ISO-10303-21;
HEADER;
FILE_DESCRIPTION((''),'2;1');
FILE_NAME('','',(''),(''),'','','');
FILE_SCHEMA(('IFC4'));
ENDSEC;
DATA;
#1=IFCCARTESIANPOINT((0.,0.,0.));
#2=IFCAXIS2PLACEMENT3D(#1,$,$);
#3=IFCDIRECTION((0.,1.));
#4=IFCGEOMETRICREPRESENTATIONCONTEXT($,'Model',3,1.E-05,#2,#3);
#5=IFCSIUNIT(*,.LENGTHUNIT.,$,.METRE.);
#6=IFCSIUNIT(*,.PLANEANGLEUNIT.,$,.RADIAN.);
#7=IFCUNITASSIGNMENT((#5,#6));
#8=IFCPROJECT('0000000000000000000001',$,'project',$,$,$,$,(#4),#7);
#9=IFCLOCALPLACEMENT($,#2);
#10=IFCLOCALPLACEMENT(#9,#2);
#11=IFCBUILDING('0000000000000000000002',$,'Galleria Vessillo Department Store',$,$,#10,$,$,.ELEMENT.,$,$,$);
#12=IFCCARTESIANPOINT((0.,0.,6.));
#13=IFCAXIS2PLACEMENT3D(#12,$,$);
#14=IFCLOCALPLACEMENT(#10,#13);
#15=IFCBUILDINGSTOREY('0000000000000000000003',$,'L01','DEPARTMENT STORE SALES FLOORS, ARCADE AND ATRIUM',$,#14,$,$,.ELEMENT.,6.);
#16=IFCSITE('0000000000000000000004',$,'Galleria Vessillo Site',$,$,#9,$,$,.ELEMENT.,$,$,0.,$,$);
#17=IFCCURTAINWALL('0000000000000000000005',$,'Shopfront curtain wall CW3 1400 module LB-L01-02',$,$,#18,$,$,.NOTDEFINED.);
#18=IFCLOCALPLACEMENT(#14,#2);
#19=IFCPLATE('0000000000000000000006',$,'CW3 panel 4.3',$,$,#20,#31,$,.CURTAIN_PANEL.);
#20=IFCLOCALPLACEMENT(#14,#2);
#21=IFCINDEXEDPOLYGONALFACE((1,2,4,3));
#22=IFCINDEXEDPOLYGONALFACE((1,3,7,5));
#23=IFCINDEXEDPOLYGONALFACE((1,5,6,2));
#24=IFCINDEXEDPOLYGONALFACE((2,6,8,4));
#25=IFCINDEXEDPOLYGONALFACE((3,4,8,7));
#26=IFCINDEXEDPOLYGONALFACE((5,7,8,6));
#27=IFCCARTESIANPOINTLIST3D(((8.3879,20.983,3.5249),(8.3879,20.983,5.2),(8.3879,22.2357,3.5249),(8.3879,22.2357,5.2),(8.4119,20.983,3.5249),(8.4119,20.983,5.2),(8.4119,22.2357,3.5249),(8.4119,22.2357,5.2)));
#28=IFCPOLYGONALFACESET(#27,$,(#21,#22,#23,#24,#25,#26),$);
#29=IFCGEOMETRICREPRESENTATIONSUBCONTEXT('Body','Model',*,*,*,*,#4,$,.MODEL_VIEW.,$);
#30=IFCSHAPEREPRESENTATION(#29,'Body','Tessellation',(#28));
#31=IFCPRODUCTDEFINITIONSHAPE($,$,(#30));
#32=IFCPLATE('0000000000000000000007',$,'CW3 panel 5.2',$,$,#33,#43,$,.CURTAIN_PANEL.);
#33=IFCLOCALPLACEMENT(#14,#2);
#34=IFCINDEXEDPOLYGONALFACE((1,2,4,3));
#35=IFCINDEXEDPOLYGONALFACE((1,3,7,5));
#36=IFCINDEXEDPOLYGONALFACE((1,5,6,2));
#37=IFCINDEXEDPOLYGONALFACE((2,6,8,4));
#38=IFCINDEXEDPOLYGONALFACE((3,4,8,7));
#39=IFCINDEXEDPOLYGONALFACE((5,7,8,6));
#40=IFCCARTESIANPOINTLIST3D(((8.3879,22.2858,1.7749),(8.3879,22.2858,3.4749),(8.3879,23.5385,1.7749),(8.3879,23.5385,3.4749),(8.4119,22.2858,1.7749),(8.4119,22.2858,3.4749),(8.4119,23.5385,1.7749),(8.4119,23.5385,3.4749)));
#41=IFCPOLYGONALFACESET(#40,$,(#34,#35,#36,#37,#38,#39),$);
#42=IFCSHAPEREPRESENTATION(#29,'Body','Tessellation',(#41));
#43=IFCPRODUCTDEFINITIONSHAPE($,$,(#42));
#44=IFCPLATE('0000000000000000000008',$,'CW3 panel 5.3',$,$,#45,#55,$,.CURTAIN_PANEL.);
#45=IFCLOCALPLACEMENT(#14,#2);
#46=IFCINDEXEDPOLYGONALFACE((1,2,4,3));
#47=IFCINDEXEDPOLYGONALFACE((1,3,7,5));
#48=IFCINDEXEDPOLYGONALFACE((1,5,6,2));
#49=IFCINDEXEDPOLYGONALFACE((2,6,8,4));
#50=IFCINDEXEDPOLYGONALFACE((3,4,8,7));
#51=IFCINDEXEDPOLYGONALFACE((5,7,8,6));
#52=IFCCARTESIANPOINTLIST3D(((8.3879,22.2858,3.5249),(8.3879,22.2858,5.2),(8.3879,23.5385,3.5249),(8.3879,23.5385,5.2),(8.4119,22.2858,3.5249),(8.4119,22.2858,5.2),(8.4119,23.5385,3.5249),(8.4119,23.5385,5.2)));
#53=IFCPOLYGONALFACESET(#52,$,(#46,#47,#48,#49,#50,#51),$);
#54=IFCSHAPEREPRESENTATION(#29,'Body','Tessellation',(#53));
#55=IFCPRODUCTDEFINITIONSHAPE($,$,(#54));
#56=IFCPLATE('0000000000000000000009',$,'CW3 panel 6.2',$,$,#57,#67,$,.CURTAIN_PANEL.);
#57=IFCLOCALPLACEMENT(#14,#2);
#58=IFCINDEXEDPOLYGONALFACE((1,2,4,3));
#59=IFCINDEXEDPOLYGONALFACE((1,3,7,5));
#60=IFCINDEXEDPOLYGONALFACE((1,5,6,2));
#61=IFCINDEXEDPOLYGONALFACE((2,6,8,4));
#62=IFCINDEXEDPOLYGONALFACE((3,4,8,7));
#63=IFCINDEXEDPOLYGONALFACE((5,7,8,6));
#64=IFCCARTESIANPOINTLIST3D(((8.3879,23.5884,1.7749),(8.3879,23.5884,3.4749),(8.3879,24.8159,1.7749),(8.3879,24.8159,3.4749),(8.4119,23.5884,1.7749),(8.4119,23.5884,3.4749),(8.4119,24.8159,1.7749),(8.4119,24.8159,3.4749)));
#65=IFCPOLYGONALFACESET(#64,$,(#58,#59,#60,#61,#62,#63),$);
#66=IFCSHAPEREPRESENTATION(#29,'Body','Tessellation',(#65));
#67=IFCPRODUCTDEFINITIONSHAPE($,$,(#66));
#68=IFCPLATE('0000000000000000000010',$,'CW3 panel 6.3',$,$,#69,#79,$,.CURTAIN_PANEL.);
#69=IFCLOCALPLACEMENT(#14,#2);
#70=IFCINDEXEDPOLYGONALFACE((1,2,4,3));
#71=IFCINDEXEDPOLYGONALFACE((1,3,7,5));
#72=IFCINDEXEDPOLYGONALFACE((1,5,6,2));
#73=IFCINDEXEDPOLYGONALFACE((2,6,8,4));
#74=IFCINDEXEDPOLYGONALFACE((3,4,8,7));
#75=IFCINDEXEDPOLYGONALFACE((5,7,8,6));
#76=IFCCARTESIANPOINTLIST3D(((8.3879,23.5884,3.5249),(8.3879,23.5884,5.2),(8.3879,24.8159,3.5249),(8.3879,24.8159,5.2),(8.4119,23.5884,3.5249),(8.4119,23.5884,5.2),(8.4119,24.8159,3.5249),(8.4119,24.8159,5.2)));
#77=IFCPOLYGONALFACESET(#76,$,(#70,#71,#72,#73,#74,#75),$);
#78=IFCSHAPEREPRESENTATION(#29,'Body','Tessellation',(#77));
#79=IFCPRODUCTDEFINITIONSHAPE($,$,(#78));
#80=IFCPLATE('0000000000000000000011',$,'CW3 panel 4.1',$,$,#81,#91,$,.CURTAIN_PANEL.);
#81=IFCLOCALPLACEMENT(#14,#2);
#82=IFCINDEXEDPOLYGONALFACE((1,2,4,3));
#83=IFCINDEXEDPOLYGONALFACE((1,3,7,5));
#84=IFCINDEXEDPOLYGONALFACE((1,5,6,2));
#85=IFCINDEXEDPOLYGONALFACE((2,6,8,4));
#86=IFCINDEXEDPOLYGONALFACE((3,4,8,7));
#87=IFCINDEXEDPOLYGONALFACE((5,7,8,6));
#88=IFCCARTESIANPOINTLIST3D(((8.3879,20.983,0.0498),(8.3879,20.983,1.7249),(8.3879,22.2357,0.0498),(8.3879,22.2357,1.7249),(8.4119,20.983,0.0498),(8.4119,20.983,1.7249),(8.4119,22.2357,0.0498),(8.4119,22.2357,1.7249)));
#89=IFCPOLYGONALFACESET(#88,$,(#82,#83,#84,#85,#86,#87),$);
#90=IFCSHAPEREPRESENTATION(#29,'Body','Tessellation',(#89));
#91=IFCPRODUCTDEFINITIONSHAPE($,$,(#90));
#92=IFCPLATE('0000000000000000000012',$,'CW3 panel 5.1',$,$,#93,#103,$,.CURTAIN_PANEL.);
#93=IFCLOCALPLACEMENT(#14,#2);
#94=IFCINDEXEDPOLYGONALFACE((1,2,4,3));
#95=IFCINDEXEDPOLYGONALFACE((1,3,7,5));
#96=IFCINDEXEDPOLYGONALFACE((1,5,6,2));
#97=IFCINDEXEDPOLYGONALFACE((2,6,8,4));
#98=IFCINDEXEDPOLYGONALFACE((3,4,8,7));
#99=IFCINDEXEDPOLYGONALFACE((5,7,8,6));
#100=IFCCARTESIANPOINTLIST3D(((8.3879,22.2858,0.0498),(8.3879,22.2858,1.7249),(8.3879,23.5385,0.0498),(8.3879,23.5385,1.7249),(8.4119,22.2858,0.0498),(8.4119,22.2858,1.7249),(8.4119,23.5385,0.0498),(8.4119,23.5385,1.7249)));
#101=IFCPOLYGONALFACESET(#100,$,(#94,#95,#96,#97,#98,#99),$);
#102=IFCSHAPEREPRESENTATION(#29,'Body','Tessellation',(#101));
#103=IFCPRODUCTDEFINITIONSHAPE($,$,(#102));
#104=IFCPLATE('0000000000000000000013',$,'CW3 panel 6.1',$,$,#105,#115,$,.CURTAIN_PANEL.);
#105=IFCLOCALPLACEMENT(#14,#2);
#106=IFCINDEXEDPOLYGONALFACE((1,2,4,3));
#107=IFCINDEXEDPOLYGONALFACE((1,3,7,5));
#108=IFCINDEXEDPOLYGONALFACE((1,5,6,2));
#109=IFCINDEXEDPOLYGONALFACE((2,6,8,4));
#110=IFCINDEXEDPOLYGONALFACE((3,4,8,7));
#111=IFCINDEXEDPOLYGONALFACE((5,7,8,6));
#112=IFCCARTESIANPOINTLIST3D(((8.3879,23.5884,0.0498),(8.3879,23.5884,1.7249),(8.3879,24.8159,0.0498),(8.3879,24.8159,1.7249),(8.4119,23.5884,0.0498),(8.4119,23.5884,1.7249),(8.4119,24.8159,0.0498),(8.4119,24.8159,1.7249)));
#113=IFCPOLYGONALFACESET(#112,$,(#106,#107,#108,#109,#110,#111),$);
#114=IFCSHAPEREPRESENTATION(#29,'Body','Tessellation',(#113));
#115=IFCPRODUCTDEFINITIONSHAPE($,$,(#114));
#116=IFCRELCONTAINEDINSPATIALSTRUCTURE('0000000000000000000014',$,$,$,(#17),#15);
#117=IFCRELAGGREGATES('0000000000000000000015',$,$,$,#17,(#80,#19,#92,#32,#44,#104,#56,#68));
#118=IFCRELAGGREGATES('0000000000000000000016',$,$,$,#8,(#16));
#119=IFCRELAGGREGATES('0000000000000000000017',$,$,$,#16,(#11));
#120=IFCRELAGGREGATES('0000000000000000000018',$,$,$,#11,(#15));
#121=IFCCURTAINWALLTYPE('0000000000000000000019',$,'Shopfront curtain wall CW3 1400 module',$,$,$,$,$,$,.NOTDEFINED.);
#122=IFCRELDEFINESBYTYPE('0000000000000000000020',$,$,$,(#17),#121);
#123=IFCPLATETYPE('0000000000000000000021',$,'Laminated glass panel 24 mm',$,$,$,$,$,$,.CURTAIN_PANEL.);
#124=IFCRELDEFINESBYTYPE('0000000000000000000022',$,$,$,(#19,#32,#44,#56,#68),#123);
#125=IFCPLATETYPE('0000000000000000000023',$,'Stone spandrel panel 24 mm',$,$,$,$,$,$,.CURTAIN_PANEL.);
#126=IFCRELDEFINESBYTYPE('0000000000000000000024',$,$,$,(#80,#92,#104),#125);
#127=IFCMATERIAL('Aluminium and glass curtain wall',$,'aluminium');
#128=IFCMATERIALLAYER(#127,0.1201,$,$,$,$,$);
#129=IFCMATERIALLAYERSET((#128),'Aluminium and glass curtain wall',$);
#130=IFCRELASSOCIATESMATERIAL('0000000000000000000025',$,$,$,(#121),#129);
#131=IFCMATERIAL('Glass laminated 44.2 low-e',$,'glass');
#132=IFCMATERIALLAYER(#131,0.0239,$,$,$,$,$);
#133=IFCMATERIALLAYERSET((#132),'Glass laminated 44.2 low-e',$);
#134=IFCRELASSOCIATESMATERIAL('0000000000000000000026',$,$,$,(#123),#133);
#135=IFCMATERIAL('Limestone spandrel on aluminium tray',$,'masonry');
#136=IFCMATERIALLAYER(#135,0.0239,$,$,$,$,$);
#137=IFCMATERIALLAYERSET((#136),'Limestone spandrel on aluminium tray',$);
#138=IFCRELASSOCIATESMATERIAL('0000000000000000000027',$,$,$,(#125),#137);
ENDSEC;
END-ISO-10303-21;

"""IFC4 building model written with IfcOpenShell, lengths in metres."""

from ifc_helpers import new_model, si_unit, direction, frame, origin, origin_2d, place, context, subcontext, project, spatial, rectangle, extrude, material, layer, layer_set, type_object, element, aggregate, save


model = new_model("IFC4")

# Units and contexts
model_context = context("Model", 3, precision=1e-05, world=origin(), true_north=direction((0.0, 1.0)))
body_context = subcontext(model_context, "Body", "Model", "MODEL_VIEW")
ifc_project = project(units=[si_unit("LENGTHUNIT", "METRE"), si_unit("PLANEANGLEUNIT", "RADIAN")], contexts=[model_context])

# Site, building, storey
site_placement = place(None, origin())
site = spatial("IfcSite", under=ifc_project, at=site_placement, Name="Galleria Vessillo Site", CompositionType="ELEMENT", RefElevation=0.0)
building_placement = place(site_placement, origin())
building = spatial("IfcBuilding", under=site, at=building_placement, Name="Galleria Vessillo Department Store", CompositionType="ELEMENT")
storey_placement = place(building_placement, frame((0.0, 0.0, 6.0)))
storey = spatial("IfcBuildingStorey", under=building, at=storey_placement, Name="L01", Description="DEPARTMENT STORE SALES FLOORS, ARCADE AND ATRIUM", CompositionType="ELEMENT", Elevation=6.0)

# Curtain wall
ifc_material_1 = material(Name="Aluminium and glass curtain wall", Category="aluminium")
ifc_layer_1 = layer(ifc_material_1, 0.1201)
ifc_layer_set_1 = layer_set([ifc_layer_1], Name="Aluminium and glass curtain wall")
curtain_wall_type = type_object("IfcCurtainWallType", Name="Shopfront curtain wall CW3 1400 module", PredefinedType="NOTDEFINED", material=ifc_layer_set_1)
curtain_wall_placement = place(storey_placement, origin())
curtain_wall = element("IfcCurtainWall", 1, at=curtain_wall_placement, inside=storey, type_object=curtain_wall_type, Name="Shopfront curtain wall CW3 1400 module LB-L01-02", PredefinedType="NOTDEFINED")

# Plates
ifc_material_2 = material(Name="Glass laminated 44.2 low-e", Category="glass")
ifc_layer_2 = layer(ifc_material_2, 0.0239)
ifc_layer_set_2 = layer_set([ifc_layer_2], Name="Glass laminated 44.2 low-e")
plate_type_1 = type_object("IfcPlateType", Name="Laminated glass panel 24 mm", PredefinedType="CURTAIN_PANEL", material=ifc_layer_set_2)
plate_1_placement = place(storey_placement, frame((8.3999, 21.6094, 3.5249), z_axis=(0.0, 0.0, 1.0), x_axis=(0.0, 1.0, 0.0)))
plate_1 = element("IfcPlate", 2, at=plate_1_placement, type_object=plate_type_1, Name="CW3 panel 4.3", PredefinedType="CURTAIN_PANEL", context=body_context, shape_type="SweptSolid", body=[
    extrude(rectangle(XDim=1.2527, YDim=0.0239, at=origin_2d()), origin(), (0.0, 0.0, 1.0), 1.675),
])
plate_2_placement = place(storey_placement, frame((8.3999, 22.9121, 1.7749), z_axis=(0.0, 0.0, 1.0), x_axis=(0.0, 1.0, 0.0)))
plate_2 = element("IfcPlate", 3, at=plate_2_placement, type_object=plate_type_1, Name="CW3 panel 5.2", PredefinedType="CURTAIN_PANEL", context=body_context, shape_type="SweptSolid", body=[
    extrude(rectangle(XDim=1.2527, YDim=0.0239, at=origin_2d()), origin(), (0.0, 0.0, 1.0), 1.7),
])
plate_3_placement = place(storey_placement, frame((8.3999, 22.9121, 3.5249), z_axis=(0.0, 0.0, 1.0), x_axis=(0.0, 1.0, 0.0)))
plate_3 = element("IfcPlate", 4, at=plate_3_placement, type_object=plate_type_1, Name="CW3 panel 5.3", PredefinedType="CURTAIN_PANEL", context=body_context, shape_type="SweptSolid", body=[
    extrude(rectangle(XDim=1.2527, YDim=0.0239, at=origin_2d()), origin(), (0.0, 0.0, 1.0), 1.675),
])
plate_4_placement = place(storey_placement, frame((8.3999, 24.2021, 1.7749), z_axis=(0.0, 0.0, 1.0), x_axis=(0.0, 1.0, 0.0)))
plate_4 = element("IfcPlate", 5, at=plate_4_placement, type_object=plate_type_1, Name="CW3 panel 6.2", PredefinedType="CURTAIN_PANEL", context=body_context, shape_type="SweptSolid", body=[
    extrude(rectangle(XDim=1.2275, YDim=0.0239, at=origin_2d()), origin(), (0.0, 0.0, 1.0), 1.7),
])
plate_5_placement = place(storey_placement, frame((8.3999, 24.2021, 3.5249), z_axis=(0.0, 0.0, 1.0), x_axis=(0.0, 1.0, 0.0)))
plate_5 = element("IfcPlate", 6, at=plate_5_placement, type_object=plate_type_1, Name="CW3 panel 6.3", PredefinedType="CURTAIN_PANEL", context=body_context, shape_type="SweptSolid", body=[
    extrude(rectangle(XDim=1.2275, YDim=0.0239, at=origin_2d()), origin(), (0.0, 0.0, 1.0), 1.675),
])
ifc_material_3 = material(Name="Limestone spandrel on aluminium tray", Category="masonry")
ifc_layer_3 = layer(ifc_material_3, 0.0239)
ifc_layer_set_3 = layer_set([ifc_layer_3], Name="Limestone spandrel on aluminium tray")
plate_type_2 = type_object("IfcPlateType", Name="Stone spandrel panel 24 mm", PredefinedType="CURTAIN_PANEL", material=ifc_layer_set_3)
plate_6_placement = place(storey_placement, frame((8.3999, 21.6094, 0.0498), z_axis=(0.0, 0.0, 1.0), x_axis=(0.0, 1.0, 0.0)))
plate_6 = element("IfcPlate", 7, at=plate_6_placement, type_object=plate_type_2, Name="CW3 panel 4.1", PredefinedType="CURTAIN_PANEL", context=body_context, shape_type="SweptSolid", body=[
    extrude(rectangle(XDim=1.2527, YDim=0.0239, at=origin_2d()), origin(), (0.0, 0.0, 1.0), 1.675),
])
plate_7_placement = place(storey_placement, frame((8.3999, 22.9121, 0.0498), z_axis=(0.0, 0.0, 1.0), x_axis=(0.0, 1.0, 0.0)))
plate_7 = element("IfcPlate", 8, at=plate_7_placement, type_object=plate_type_2, Name="CW3 panel 5.1", PredefinedType="CURTAIN_PANEL", context=body_context, shape_type="SweptSolid", body=[
    extrude(rectangle(XDim=1.2527, YDim=0.0239, at=origin_2d()), origin(), (0.0, 0.0, 1.0), 1.675),
])
plate_8_placement = place(storey_placement, frame((8.3999, 24.2021, 0.0498), z_axis=(0.0, 0.0, 1.0), x_axis=(0.0, 1.0, 0.0)))
plate_8 = element("IfcPlate", 9, at=plate_8_placement, type_object=plate_type_2, Name="CW3 panel 6.1", PredefinedType="CURTAIN_PANEL", context=body_context, shape_type="SweptSolid", body=[
    extrude(rectangle(XDim=1.2275, YDim=0.0239, at=origin_2d()), origin(), (0.0, 0.0, 1.0), 1.675),
])
aggregate(curtain_wall, [plate_6, plate_1, plate_7, plate_2, plate_3, plate_8, plate_4, plate_5])

save(model, "model.ifc")
